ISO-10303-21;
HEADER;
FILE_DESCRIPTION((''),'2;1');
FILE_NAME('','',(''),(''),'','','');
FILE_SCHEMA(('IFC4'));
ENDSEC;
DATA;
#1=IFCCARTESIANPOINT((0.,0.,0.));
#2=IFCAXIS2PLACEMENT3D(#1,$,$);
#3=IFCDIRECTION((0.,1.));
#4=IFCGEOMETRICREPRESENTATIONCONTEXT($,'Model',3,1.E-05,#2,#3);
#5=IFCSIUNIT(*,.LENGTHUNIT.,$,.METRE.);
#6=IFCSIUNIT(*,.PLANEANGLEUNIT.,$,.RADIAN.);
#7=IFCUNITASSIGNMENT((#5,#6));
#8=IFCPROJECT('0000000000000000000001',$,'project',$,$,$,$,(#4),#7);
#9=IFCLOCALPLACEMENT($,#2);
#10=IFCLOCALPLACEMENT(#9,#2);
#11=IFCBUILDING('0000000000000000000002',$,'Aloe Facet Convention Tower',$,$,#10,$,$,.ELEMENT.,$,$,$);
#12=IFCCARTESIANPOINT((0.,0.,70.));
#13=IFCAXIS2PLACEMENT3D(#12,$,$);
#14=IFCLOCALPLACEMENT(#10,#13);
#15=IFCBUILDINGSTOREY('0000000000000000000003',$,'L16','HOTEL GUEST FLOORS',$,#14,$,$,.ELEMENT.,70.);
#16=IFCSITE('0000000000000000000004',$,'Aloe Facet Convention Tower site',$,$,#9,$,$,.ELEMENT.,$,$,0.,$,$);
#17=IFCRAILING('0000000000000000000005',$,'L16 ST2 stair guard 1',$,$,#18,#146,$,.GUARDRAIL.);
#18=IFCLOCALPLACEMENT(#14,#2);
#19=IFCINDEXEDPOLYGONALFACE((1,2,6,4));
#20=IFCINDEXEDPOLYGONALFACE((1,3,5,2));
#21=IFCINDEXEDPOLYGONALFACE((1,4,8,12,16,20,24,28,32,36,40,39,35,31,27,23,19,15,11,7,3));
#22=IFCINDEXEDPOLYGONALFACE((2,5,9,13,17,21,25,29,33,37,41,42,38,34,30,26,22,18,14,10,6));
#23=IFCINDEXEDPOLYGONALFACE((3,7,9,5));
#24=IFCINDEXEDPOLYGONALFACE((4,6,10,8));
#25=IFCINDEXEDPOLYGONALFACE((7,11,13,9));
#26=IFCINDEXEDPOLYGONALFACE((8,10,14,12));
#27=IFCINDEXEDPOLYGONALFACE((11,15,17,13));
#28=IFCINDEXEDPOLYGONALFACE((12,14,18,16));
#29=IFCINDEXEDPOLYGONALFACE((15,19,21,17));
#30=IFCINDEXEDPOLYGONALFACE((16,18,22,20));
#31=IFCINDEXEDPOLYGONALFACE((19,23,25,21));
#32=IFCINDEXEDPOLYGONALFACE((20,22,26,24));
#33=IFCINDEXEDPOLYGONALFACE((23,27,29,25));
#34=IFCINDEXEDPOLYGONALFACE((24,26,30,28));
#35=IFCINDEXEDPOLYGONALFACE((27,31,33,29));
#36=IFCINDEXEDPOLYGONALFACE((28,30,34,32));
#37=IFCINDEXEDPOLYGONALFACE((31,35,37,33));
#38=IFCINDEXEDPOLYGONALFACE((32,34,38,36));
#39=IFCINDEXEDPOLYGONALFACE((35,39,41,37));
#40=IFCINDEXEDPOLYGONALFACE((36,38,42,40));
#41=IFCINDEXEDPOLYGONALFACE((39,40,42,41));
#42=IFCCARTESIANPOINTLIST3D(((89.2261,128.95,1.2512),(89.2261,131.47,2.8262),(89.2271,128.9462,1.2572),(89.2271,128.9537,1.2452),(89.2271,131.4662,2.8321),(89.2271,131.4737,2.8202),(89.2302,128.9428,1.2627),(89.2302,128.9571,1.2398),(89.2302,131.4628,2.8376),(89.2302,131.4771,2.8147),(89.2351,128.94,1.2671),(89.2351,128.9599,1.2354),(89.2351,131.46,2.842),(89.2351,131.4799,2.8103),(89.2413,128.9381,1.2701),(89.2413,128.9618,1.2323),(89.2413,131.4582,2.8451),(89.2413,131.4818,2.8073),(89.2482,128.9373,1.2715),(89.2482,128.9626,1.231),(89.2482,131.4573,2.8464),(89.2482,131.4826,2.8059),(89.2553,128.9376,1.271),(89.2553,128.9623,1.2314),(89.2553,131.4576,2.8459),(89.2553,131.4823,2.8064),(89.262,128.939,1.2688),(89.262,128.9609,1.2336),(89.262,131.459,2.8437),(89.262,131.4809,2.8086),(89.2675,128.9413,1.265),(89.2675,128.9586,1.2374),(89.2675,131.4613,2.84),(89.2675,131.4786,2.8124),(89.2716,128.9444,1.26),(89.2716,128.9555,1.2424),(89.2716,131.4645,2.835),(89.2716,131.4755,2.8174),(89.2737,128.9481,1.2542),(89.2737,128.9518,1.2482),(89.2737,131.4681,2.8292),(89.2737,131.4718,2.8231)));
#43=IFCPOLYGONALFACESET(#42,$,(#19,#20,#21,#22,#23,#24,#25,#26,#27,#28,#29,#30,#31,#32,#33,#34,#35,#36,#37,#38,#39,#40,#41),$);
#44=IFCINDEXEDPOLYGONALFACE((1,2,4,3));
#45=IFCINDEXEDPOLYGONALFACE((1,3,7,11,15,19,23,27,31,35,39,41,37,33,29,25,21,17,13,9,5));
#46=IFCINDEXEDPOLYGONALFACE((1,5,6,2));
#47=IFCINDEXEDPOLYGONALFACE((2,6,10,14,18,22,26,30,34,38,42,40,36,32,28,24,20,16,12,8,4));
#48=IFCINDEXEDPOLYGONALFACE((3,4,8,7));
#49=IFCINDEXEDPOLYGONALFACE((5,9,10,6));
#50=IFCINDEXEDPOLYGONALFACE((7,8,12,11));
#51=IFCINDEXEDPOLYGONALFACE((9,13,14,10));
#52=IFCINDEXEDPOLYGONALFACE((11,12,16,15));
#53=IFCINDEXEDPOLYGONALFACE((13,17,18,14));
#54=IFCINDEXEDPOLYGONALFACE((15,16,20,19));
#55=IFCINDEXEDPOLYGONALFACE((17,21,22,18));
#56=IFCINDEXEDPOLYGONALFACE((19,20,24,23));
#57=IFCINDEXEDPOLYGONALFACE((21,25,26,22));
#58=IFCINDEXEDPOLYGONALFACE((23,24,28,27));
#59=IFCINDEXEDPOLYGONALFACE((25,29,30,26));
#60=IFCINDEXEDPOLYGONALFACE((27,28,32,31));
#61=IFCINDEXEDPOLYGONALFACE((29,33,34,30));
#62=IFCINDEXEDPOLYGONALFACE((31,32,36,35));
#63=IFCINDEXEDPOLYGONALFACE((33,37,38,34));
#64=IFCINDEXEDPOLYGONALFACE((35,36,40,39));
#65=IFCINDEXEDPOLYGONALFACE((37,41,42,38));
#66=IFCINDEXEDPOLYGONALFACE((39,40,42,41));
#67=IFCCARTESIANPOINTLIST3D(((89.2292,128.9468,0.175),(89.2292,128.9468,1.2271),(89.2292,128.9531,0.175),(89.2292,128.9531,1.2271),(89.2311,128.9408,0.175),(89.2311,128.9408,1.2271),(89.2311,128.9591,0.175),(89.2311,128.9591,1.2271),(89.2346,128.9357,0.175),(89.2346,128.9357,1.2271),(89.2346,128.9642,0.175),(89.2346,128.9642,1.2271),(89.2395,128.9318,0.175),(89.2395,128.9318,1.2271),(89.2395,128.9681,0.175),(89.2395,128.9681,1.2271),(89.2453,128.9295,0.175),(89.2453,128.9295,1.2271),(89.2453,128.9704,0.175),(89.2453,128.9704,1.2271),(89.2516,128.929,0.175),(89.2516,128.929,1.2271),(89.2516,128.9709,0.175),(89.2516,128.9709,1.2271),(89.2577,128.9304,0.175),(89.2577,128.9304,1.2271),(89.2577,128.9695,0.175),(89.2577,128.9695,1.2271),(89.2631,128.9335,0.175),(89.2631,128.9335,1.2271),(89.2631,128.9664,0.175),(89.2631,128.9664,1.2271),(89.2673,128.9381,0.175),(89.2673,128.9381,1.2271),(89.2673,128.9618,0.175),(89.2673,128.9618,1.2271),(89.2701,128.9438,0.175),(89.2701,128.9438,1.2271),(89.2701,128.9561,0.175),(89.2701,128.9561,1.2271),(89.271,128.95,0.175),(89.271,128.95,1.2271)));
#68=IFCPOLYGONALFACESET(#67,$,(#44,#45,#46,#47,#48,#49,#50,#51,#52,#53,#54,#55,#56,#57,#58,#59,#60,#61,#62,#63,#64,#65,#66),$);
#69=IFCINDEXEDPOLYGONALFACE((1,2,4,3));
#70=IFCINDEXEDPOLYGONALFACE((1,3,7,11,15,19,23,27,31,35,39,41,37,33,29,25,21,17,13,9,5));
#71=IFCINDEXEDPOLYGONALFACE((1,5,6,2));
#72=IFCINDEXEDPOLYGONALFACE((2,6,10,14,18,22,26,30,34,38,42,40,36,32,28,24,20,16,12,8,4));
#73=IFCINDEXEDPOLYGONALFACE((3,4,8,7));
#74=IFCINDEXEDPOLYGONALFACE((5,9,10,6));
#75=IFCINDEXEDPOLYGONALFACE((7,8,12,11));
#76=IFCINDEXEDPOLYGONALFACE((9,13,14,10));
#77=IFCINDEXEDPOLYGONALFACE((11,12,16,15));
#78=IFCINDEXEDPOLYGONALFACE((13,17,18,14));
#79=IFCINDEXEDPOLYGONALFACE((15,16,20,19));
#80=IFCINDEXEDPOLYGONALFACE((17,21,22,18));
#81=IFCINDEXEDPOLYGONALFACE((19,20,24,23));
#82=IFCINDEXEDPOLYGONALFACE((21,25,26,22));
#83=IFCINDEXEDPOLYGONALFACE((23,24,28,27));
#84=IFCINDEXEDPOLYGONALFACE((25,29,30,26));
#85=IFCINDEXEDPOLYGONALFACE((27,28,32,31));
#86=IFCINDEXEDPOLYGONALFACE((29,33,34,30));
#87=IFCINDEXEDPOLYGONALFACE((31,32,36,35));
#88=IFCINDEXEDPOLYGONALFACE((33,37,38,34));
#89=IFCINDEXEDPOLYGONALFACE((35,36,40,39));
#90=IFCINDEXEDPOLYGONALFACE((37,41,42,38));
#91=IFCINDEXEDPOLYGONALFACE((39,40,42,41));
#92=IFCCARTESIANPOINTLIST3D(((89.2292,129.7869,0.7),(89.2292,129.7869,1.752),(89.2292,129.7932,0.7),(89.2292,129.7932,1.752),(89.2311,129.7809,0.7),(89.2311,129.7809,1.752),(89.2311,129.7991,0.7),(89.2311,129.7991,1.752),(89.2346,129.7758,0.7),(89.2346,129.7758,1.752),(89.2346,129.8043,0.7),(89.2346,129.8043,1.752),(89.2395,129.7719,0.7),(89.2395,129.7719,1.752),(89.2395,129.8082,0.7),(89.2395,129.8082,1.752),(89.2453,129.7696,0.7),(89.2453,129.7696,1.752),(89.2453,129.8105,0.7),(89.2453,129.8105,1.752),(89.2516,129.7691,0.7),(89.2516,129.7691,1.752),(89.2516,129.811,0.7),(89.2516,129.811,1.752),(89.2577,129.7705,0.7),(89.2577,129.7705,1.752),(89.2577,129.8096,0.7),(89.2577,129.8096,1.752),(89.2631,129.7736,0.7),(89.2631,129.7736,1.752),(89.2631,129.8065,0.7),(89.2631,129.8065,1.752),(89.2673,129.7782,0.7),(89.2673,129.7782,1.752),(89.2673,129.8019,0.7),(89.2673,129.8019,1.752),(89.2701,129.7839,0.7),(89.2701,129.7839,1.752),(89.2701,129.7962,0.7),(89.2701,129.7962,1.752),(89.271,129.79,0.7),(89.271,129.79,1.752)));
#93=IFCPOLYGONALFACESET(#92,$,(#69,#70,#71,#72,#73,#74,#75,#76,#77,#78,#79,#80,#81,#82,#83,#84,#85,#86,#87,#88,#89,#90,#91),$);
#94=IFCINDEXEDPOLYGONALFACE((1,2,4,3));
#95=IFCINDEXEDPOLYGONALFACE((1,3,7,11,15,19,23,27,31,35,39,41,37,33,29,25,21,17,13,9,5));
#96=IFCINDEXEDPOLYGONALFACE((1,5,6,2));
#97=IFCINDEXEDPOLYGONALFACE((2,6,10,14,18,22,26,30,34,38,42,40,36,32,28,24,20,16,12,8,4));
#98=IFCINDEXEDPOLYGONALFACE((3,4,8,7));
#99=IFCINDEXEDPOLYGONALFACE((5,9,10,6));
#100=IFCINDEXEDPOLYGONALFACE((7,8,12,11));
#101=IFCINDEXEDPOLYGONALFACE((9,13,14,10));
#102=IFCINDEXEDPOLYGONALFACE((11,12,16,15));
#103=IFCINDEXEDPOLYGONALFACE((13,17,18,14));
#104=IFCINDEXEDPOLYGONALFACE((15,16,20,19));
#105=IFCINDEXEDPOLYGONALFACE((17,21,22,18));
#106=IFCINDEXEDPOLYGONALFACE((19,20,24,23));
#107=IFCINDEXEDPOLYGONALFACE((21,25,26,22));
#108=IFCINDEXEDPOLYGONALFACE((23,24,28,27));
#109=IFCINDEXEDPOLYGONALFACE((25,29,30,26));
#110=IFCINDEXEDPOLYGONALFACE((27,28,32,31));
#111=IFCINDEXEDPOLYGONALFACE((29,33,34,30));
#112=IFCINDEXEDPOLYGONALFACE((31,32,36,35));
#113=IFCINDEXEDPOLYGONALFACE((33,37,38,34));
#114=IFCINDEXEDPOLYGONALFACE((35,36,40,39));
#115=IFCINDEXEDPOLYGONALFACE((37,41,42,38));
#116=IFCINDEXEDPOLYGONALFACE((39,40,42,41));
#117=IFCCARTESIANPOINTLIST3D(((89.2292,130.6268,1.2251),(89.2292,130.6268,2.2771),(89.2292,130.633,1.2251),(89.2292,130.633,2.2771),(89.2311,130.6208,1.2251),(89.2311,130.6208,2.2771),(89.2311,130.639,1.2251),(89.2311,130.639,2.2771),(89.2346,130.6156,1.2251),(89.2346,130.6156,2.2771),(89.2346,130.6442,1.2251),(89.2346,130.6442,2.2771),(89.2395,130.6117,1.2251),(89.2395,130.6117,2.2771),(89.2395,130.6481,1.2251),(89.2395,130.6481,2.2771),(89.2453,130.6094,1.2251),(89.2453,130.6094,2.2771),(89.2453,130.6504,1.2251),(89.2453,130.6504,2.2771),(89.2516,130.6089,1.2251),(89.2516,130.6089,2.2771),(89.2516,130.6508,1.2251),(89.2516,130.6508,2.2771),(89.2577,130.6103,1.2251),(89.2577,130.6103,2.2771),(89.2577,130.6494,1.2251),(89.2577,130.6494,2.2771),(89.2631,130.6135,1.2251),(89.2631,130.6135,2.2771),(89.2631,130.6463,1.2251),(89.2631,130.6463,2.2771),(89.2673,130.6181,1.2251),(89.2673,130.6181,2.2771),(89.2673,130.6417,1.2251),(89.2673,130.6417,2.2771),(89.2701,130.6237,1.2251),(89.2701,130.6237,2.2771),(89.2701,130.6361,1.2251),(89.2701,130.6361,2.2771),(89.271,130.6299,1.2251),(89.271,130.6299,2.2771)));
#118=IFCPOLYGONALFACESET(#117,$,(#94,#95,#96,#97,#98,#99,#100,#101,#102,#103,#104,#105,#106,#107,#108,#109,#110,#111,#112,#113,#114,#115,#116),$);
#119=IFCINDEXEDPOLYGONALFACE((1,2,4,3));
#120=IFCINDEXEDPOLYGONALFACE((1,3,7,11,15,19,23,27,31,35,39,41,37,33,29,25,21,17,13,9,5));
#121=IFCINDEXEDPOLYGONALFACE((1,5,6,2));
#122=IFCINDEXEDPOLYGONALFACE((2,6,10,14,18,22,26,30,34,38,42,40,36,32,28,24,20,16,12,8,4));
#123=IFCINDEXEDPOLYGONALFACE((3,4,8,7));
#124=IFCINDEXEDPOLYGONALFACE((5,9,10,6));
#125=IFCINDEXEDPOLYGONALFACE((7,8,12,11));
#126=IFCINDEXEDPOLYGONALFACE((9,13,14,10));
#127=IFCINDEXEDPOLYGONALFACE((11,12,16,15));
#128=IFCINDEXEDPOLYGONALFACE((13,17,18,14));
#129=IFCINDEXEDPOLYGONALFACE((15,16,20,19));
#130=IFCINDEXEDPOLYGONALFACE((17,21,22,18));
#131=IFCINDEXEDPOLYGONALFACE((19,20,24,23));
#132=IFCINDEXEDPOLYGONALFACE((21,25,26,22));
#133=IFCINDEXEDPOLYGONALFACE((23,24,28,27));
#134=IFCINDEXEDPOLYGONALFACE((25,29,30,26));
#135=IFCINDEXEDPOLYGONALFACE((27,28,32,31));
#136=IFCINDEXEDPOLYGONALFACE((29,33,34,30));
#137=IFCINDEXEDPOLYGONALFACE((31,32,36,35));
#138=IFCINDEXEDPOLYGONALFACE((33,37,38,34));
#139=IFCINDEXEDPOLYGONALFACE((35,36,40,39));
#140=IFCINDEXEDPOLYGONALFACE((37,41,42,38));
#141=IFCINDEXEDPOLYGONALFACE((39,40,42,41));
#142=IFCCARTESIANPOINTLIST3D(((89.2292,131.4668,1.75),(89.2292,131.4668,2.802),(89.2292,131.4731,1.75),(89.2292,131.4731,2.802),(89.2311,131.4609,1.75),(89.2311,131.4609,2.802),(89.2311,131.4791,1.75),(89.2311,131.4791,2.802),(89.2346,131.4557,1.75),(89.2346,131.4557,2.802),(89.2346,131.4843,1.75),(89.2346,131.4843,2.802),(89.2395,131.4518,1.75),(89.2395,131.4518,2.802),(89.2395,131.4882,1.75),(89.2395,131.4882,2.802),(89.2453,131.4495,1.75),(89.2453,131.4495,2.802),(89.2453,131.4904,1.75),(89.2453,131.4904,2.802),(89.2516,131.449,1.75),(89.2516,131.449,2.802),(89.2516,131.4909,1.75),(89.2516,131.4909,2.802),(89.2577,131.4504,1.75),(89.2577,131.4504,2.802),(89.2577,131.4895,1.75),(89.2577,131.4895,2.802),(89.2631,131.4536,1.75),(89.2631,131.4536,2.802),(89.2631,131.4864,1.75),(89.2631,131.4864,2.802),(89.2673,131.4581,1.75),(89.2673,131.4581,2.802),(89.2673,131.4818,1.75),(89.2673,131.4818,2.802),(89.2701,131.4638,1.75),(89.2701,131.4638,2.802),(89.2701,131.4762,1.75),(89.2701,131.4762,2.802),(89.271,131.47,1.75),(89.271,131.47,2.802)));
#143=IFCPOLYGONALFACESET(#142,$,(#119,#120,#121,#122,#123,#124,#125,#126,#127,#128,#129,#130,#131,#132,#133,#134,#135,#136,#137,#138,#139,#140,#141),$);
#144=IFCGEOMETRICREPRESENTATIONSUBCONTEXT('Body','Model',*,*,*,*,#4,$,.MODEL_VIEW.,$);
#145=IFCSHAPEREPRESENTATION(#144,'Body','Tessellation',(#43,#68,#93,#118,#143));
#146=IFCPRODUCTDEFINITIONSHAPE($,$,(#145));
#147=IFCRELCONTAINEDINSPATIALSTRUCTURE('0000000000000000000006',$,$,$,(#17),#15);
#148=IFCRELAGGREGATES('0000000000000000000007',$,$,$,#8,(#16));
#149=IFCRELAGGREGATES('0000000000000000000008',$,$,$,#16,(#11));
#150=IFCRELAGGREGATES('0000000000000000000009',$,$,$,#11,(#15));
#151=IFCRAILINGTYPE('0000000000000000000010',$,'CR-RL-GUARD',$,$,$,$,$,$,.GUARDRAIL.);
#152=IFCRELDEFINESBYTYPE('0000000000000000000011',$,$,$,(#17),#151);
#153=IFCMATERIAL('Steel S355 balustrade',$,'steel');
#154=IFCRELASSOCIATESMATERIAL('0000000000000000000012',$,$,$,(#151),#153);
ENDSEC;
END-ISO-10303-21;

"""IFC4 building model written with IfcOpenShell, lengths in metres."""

from ifc_helpers import new_model, si_unit, direction, frame, origin, origin_2d, place, context, subcontext, project, spatial, circle, extrude, material, type_object, element, save


model = new_model("IFC4")

# Units and contexts
model_context = context("Model", 3, precision=1e-05, world=origin(), true_north=direction((0.0, 1.0)))
body_context = subcontext(model_context, "Body", "Model", "MODEL_VIEW")
ifc_project = project(units=[si_unit("LENGTHUNIT", "METRE"), si_unit("PLANEANGLEUNIT", "RADIAN")], contexts=[model_context])

# Site, building, storey
site_placement = place(None, origin())
site = spatial("IfcSite", under=ifc_project, at=site_placement, Name="Aloe Facet Convention Tower site", CompositionType="ELEMENT", RefElevation=0.0)
building_placement = place(site_placement, origin())
building = spatial("IfcBuilding", under=site, at=building_placement, Name="Aloe Facet Convention Tower", CompositionType="ELEMENT")
storey_placement = place(building_placement, frame((0.0, 0.0, 70.0)))
storey = spatial("IfcBuildingStorey", under=building, at=storey_placement, Name="L16", Description="HOTEL GUEST FLOORS", CompositionType="ELEMENT", Elevation=70.0)

# Railing
ifc_material_1 = material(Name="Steel S355 balustrade", Category="steel")
railing_type_1 = type_object("IfcRailingType", Name="CR-RL-GUARD", PredefinedType="GUARDRAIL", material=ifc_material_1)
railing_1_placement = place(storey_placement, frame((89.25, 128.95, 0.175)))
element("IfcRailing", 1, at=railing_1_placement, inside=storey, type_object=railing_type_1, Name="L16 ST2 stair guard 1", PredefinedType="GUARDRAIL", context=body_context, shape_type="SweptSolid", body=[
    extrude(circle(Radius=0.0239, at=origin_2d()), frame((0.0, 0.0, 1.0762), z_axis=(0.0, 0.848008, 0.529984), x_axis=(-1.0, 0.0, 0.0)), (0.0, 0.0, 1.0), 2.9717),
    extrude(circle(Radius=0.021, at=origin_2d()), origin(), (0.0, 0.0, 1.0), 1.052),
    extrude(circle(Radius=0.021, at=origin_2d()), frame((0.0, 0.8401, 0.5249)), (0.0, 0.0, 1.0), 1.052),
    extrude(circle(Radius=0.021, at=origin_2d()), frame((0.0, 1.6799, 1.05)), (0.0, 0.0, 1.0), 1.052),
    extrude(circle(Radius=0.021, at=origin_2d()), frame((0.0, 2.52, 1.575)), (0.0, 0.0, 1.0), 1.052),
])

save(model, "model.ifc")
